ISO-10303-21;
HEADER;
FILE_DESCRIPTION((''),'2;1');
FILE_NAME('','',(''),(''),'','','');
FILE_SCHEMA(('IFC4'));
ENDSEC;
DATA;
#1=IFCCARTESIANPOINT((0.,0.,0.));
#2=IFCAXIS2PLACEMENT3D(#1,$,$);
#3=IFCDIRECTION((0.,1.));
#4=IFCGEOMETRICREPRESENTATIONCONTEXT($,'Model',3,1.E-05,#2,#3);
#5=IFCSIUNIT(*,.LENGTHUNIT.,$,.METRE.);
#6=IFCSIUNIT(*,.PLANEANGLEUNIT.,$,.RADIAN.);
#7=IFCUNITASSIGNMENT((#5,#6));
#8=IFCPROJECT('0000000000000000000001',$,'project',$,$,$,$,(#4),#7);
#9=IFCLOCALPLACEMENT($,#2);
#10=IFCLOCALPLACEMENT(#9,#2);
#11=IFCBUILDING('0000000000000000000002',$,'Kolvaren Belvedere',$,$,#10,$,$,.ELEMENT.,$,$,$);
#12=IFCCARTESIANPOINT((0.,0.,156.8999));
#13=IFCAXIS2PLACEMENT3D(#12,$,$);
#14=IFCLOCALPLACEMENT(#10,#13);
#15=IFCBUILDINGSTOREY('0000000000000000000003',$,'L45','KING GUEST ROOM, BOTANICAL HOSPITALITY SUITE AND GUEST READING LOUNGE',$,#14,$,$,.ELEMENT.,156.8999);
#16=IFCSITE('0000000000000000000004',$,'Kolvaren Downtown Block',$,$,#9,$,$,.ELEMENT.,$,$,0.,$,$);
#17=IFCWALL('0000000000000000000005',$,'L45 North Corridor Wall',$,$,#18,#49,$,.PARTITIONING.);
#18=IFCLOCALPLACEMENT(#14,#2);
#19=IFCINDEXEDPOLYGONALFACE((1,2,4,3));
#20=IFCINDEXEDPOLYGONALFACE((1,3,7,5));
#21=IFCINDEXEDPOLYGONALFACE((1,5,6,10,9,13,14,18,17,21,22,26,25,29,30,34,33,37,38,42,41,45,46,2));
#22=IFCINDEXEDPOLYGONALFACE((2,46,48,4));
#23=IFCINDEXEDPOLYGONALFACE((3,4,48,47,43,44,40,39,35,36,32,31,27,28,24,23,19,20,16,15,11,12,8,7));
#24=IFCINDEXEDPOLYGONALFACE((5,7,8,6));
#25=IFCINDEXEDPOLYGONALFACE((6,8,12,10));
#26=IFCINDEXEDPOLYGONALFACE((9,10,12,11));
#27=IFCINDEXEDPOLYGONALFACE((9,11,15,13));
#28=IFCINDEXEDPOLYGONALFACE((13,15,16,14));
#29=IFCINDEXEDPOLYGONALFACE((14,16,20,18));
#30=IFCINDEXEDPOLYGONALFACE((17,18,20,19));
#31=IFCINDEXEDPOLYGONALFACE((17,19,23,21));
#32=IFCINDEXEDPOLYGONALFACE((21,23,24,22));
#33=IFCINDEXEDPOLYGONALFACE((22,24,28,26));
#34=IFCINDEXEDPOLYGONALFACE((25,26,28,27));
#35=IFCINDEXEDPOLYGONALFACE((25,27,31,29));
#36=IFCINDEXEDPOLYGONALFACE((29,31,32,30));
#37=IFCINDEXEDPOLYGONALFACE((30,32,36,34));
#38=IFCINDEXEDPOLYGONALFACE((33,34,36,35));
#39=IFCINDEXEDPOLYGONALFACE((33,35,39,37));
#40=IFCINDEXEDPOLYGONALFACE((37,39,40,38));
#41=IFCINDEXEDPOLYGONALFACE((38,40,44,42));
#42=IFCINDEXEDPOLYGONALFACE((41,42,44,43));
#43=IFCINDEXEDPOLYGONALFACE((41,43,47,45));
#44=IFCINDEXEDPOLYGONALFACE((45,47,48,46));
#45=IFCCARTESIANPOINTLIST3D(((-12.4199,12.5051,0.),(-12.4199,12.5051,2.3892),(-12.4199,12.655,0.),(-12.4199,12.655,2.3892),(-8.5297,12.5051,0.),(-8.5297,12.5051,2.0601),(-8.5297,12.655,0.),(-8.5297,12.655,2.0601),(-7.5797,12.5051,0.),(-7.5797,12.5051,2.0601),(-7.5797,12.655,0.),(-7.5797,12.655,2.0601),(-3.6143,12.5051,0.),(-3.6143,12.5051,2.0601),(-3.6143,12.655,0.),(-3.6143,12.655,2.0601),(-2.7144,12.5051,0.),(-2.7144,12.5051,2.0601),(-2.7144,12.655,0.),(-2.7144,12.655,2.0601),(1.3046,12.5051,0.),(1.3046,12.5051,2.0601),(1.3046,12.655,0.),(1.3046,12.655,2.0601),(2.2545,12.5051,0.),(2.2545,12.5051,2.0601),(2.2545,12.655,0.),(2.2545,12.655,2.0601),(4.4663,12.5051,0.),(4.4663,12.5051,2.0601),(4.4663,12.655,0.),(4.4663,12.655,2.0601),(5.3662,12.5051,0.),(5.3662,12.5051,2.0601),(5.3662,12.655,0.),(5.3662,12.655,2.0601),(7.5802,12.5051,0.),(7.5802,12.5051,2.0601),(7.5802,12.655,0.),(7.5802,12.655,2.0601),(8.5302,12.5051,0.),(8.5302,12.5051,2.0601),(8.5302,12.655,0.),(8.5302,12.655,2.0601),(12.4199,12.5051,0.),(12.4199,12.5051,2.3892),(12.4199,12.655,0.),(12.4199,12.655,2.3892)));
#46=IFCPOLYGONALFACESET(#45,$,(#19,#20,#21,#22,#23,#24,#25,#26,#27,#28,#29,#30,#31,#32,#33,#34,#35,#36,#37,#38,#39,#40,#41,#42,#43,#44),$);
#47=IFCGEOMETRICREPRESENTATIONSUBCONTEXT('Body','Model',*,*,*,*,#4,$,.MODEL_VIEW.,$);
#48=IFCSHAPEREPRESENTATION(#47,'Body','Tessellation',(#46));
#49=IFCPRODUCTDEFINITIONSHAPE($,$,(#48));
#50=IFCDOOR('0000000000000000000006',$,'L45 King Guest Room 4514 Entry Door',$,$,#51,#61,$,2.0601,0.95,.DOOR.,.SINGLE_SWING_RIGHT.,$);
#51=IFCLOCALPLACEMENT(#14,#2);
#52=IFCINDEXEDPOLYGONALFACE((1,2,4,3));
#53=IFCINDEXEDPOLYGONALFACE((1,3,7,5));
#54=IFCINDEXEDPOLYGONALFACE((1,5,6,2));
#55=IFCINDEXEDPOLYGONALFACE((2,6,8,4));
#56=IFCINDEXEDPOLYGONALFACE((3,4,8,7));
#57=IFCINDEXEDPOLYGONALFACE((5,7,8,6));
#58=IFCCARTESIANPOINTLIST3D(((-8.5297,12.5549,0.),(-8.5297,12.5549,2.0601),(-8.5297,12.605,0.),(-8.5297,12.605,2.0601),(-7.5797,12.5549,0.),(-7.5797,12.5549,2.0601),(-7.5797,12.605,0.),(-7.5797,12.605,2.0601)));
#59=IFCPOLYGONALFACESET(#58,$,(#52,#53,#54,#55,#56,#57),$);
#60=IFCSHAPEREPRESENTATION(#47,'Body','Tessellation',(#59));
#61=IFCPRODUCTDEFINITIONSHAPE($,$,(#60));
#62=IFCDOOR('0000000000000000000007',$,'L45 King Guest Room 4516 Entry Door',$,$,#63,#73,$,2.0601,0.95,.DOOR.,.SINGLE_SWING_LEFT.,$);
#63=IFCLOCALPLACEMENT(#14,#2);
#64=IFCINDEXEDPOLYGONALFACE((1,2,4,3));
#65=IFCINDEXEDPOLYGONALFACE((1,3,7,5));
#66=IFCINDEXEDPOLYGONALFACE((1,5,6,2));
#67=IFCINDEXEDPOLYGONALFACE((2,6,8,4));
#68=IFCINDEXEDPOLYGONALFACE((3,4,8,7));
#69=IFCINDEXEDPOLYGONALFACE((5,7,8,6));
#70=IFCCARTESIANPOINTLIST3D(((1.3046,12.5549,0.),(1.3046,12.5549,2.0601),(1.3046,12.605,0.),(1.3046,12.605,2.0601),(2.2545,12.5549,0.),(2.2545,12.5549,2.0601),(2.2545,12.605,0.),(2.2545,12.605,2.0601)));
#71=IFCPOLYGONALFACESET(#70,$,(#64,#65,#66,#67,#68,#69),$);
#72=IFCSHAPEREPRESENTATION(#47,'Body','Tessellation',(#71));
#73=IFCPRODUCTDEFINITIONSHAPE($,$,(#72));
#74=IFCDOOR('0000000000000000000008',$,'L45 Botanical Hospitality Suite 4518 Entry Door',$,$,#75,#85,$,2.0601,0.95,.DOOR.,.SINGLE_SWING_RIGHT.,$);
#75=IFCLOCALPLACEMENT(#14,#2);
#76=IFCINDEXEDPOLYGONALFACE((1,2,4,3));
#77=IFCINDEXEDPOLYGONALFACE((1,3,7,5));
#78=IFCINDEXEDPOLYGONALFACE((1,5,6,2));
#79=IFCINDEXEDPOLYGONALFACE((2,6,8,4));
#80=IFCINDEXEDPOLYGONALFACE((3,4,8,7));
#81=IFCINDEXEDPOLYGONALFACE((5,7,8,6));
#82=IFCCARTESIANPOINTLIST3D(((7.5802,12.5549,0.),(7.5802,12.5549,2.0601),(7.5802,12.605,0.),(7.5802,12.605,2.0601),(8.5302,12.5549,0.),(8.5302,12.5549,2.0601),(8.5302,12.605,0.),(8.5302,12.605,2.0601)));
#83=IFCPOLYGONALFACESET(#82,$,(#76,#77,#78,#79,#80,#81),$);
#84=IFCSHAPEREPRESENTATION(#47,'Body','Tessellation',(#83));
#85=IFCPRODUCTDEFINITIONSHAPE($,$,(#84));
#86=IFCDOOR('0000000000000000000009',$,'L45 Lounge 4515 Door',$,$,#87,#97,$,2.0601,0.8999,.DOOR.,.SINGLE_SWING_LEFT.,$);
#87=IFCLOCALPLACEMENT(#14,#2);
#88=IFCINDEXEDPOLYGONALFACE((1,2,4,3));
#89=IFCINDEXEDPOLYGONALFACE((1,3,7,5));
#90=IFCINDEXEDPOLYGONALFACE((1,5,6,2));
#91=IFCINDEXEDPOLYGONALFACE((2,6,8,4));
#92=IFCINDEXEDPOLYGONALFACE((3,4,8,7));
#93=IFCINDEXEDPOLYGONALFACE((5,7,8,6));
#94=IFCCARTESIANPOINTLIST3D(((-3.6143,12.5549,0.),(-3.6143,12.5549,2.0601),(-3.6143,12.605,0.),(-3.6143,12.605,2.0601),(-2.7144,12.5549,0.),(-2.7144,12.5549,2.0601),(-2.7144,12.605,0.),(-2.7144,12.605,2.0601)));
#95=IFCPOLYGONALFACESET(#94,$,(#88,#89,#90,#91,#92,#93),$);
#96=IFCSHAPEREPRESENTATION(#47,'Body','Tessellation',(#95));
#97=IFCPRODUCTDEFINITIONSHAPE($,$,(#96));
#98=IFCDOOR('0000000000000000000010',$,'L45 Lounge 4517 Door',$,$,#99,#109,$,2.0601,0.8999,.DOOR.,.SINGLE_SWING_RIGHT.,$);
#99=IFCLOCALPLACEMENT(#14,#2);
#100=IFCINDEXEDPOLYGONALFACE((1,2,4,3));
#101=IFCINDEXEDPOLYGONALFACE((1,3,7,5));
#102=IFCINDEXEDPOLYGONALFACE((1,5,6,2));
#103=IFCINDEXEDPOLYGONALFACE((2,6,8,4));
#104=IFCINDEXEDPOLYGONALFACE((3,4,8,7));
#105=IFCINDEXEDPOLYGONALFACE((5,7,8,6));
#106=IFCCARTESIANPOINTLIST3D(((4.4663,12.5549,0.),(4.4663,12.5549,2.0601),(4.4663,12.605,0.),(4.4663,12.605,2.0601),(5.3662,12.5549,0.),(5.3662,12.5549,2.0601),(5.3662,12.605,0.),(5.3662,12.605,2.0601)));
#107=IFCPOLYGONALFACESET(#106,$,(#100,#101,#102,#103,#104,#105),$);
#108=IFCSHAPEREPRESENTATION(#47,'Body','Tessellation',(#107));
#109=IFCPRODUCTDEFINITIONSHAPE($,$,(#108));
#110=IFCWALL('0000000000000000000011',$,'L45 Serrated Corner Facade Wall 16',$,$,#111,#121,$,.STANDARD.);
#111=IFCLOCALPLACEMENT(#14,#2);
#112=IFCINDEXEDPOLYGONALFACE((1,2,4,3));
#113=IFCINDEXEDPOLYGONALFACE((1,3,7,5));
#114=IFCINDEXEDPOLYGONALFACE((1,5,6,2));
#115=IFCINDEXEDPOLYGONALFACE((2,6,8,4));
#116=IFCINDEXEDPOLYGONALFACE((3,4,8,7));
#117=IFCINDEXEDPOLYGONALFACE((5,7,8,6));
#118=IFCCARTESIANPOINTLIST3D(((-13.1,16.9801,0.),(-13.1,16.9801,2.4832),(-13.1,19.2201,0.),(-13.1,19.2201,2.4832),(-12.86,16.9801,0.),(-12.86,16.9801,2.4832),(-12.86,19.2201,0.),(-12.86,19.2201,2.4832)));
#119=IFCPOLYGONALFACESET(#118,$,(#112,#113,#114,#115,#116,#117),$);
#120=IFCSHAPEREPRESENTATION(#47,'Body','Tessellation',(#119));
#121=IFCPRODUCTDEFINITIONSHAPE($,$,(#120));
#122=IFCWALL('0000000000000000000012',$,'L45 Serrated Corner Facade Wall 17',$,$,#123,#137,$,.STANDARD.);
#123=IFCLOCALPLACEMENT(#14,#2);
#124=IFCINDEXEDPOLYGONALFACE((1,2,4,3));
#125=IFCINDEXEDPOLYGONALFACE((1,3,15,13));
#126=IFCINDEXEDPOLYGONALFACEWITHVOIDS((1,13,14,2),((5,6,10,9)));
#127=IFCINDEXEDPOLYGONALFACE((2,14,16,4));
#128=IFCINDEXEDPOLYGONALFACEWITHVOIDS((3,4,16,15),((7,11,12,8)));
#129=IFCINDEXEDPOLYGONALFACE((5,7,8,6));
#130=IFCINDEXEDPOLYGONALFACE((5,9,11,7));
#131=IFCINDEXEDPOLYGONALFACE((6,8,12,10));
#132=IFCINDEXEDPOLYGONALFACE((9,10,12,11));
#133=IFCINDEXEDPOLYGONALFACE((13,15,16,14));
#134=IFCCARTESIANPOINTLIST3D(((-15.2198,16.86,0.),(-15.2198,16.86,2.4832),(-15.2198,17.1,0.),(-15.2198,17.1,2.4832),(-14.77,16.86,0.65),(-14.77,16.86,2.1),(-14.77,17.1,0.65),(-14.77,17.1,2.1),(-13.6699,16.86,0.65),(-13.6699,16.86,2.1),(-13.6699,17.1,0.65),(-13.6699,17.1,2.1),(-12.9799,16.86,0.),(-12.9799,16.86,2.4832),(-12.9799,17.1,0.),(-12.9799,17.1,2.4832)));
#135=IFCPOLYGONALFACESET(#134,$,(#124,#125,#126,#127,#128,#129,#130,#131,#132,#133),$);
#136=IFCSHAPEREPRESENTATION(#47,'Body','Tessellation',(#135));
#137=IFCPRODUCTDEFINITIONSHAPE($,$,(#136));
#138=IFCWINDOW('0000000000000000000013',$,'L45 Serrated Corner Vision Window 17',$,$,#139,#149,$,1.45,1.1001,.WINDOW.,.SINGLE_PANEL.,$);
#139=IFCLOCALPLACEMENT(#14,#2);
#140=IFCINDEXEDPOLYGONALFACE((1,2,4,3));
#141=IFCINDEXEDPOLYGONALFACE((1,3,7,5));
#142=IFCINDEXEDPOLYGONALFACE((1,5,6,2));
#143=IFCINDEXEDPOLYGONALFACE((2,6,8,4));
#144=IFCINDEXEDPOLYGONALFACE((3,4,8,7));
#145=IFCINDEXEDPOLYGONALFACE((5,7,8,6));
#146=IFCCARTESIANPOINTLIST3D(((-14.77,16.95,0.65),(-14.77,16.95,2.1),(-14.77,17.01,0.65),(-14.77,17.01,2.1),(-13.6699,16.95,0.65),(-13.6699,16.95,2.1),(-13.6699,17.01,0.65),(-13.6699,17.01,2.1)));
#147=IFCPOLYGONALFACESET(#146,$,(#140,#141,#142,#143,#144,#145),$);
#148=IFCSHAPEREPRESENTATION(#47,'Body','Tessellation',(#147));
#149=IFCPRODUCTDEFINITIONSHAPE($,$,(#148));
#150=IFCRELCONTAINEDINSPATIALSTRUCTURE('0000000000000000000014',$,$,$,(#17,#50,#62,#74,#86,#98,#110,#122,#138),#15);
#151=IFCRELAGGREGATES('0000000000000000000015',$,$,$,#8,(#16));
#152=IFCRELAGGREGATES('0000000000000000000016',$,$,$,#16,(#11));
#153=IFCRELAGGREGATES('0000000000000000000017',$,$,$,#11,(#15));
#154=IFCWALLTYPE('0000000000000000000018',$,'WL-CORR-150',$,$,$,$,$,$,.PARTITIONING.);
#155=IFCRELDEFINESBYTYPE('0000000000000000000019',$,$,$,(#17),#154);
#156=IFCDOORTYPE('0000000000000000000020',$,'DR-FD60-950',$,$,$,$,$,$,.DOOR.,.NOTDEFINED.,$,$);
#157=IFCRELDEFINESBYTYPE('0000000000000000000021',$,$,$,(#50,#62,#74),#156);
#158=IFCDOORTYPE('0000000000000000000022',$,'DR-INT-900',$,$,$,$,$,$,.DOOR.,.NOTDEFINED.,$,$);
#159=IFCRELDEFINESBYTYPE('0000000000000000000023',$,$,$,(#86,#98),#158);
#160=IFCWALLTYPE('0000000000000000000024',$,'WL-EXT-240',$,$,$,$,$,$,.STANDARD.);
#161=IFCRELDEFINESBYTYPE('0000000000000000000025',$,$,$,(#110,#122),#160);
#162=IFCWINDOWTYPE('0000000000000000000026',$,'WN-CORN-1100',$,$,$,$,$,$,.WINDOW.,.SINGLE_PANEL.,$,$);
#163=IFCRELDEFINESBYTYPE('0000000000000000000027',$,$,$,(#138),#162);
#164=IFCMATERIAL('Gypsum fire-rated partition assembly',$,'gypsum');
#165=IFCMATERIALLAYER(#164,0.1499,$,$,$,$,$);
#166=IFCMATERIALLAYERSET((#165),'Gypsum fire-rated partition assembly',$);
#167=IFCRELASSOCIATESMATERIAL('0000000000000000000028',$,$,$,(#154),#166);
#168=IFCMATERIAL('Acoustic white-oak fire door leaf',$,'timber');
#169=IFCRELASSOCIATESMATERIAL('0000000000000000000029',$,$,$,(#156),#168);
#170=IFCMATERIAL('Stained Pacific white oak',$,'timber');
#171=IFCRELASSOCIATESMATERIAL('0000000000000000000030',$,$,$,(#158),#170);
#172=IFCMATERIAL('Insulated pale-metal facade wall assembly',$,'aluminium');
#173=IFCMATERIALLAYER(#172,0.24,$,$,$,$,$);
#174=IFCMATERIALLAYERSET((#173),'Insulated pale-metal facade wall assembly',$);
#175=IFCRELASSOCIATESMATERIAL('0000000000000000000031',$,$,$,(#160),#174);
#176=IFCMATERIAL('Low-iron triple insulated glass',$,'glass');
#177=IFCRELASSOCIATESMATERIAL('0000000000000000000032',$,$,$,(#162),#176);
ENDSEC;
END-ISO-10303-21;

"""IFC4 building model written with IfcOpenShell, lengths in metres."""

from ifc_helpers import new_model, si_unit, direction, frame, frame_2d, origin, place, context, subcontext, project, spatial, rectangle, extrude, material, layer, layer_set, type_object, element, fill, save


model = new_model("IFC4")

# Units and contexts
model_context = context("Model", 3, precision=1e-05, world=origin(), true_north=direction((0.0, 1.0)))
body_context = subcontext(model_context, "Body", "Model", "MODEL_VIEW")
ifc_project = project(units=[si_unit("LENGTHUNIT", "METRE"), si_unit("PLANEANGLEUNIT", "RADIAN")], contexts=[model_context])

# Site, building, storey
site_placement = place(None, origin())
site = spatial("IfcSite", under=ifc_project, at=site_placement, Name="Kolvaren Downtown Block", CompositionType="ELEMENT", RefElevation=0.0)
building_placement = place(site_placement, origin())
building = spatial("IfcBuilding", under=site, at=building_placement, Name="Kolvaren Belvedere", CompositionType="ELEMENT")
storey_placement = place(building_placement, frame((0.0, 0.0, 156.8999)))
storey = spatial("IfcBuildingStorey", under=building, at=storey_placement, Name="L45", Description="KING GUEST ROOM, BOTANICAL HOSPITALITY SUITE AND GUEST READING LOUNGE", CompositionType="ELEMENT", Elevation=156.8999)

# Wall, openings, doors
ifc_material_1 = material(Name="Gypsum fire-rated partition assembly", Category="gypsum")
ifc_layer_1 = layer(ifc_material_1, 0.1499)
ifc_layer_set_1 = layer_set([ifc_layer_1], Name="Gypsum fire-rated partition assembly")
wall_type_1 = type_object("IfcWallType", Name="WL-CORR-150", PredefinedType="PARTITIONING", material=ifc_layer_set_1)
wall_1_placement = place(storey_placement, frame((-12.4199, 12.5801, 0.0), z_axis=(0.0, 0.0, 1.0), x_axis=(1.0, 0.0, 0.0)))
wall_1 = element("IfcWall", 1, at=wall_1_placement, inside=storey, type_object=wall_type_1, Name="L45 North Corridor Wall", PredefinedType="PARTITIONING", context=body_context, shape_type="SweptSolid", body=[
    extrude(rectangle(XDim=24.8398, YDim=0.1499, at=frame_2d((12.4199, 0.0))), origin(), (0.0, 0.0, 1.0), 2.3892),
])
opening_1_placement = place(wall_1_placement, frame((3.8901, 0.0, 0.0)))
opening_1 = element("IfcOpeningElement", 2, at=opening_1_placement, cuts=wall_1, PredefinedType="OPENING", context=body_context, shape_type="SweptSolid", body=[
    extrude(rectangle(XDim=0.95, YDim=2.0601, at=frame_2d((0.4751, 1.03))), frame((0.0, 0.085, 0.0), z_axis=(0.0, -1.0, 0.0), x_axis=(1.0, 0.0, 0.0)), (0.0, 0.0, 1.0), 0.1699),
])
opening_2_placement = place(wall_1_placement, frame((8.8057, 0.0, 0.0)))
opening_2 = element("IfcOpeningElement", 3, at=opening_2_placement, cuts=wall_1, PredefinedType="OPENING", context=body_context, shape_type="SweptSolid", body=[
    extrude(rectangle(XDim=0.8999, YDim=2.0601, at=frame_2d((0.45, 1.03))), frame((0.0, 0.085, 0.0), z_axis=(0.0, -1.0, 0.0), x_axis=(1.0, 0.0, 0.0)), (0.0, 0.0, 1.0), 0.1699),
])
opening_3_placement = place(wall_1_placement, frame((13.7244, 0.0, 0.0)))
opening_3 = element("IfcOpeningElement", 4, at=opening_3_placement, cuts=wall_1, PredefinedType="OPENING", context=body_context, shape_type="SweptSolid", body=[
    extrude(rectangle(XDim=0.95, YDim=2.0601, at=frame_2d((0.4751, 1.03))), frame((0.0, 0.085, 0.0), z_axis=(0.0, -1.0, 0.0), x_axis=(1.0, 0.0, 0.0)), (0.0, 0.0, 1.0), 0.1699),
])
opening_4_placement = place(wall_1_placement, frame((16.8862, 0.0, 0.0)))
opening_4 = element("IfcOpeningElement", 5, at=opening_4_placement, cuts=wall_1, PredefinedType="OPENING", context=body_context, shape_type="SweptSolid", body=[
    extrude(rectangle(XDim=0.8999, YDim=2.0601, at=frame_2d((0.45, 1.03))), frame((0.0, 0.085, 0.0), z_axis=(0.0, -1.0, 0.0), x_axis=(1.0, 0.0, 0.0)), (0.0, 0.0, 1.0), 0.1699),
])
opening_5_placement = place(wall_1_placement, frame((20.0, 0.0, 0.0)))
opening_5 = element("IfcOpeningElement", 6, at=opening_5_placement, cuts=wall_1, PredefinedType="OPENING", context=body_context, shape_type="SweptSolid", body=[
    extrude(rectangle(XDim=0.95, YDim=2.0601, at=frame_2d((0.4751, 1.03))), frame((0.0, 0.085, 0.0), z_axis=(0.0, -1.0, 0.0), x_axis=(1.0, 0.0, 0.0)), (0.0, 0.0, 1.0), 0.1699),
])
ifc_material_2 = material(Name="Acoustic white-oak fire door leaf", Category="timber")
door_type_1 = type_object("IfcDoorType", Name="DR-FD60-950", OperationType="NOTDEFINED", PredefinedType="DOOR", material=ifc_material_2)
door_1_placement = place(opening_1_placement, origin())
door_1 = element("IfcDoor", 7, at=door_1_placement, inside=storey, type_object=door_type_1, Name="L45 King Guest Room 4514 Entry Door", OperationType="SINGLE_SWING_RIGHT", OverallHeight=2.0601, OverallWidth=0.95, PredefinedType="DOOR", context=body_context, shape_type="SweptSolid", body=[
    extrude(rectangle(XDim=0.95, YDim=2.0601, at=frame_2d((0.4751, 1.03))), frame((0.0, 0.0249, 0.0), z_axis=(0.0, -1.0, 0.0), x_axis=(1.0, 0.0, 0.0)), (0.0, 0.0, 1.0), 0.05),
])
fill(opening_1, door_1)
door_2_placement = place(opening_3_placement, origin())
door_2 = element("IfcDoor", 8, at=door_2_placement, inside=storey, type_object=door_type_1, Name="L45 King Guest Room 4516 Entry Door", OperationType="SINGLE_SWING_LEFT", OverallHeight=2.0601, OverallWidth=0.95, PredefinedType="DOOR", context=body_context, shape_type="SweptSolid", body=[
    extrude(rectangle(XDim=0.95, YDim=2.0601, at=frame_2d((0.4751, 1.03))), frame((0.0, 0.0249, 0.0), z_axis=(0.0, -1.0, 0.0), x_axis=(1.0, 0.0, 0.0)), (0.0, 0.0, 1.0), 0.05),
])
fill(opening_3, door_2)
door_3_placement = place(opening_5_placement, origin())
door_3 = element("IfcDoor", 9, at=door_3_placement, inside=storey, type_object=door_type_1, Name="L45 Botanical Hospitality Suite 4518 Entry Door", OperationType="SINGLE_SWING_RIGHT", OverallHeight=2.0601, OverallWidth=0.95, PredefinedType="DOOR", context=body_context, shape_type="SweptSolid", body=[
    extrude(rectangle(XDim=0.95, YDim=2.0601, at=frame_2d((0.4751, 1.03))), frame((0.0, 0.0249, 0.0), z_axis=(0.0, -1.0, 0.0), x_axis=(1.0, 0.0, 0.0)), (0.0, 0.0, 1.0), 0.05),
])
fill(opening_5, door_3)
ifc_material_3 = material(Name="Stained Pacific white oak", Category="timber")
door_type_2 = type_object("IfcDoorType", Name="DR-INT-900", OperationType="NOTDEFINED", PredefinedType="DOOR", material=ifc_material_3)
door_4_placement = place(opening_2_placement, origin())
door_4 = element("IfcDoor", 10, at=door_4_placement, inside=storey, type_object=door_type_2, Name="L45 Lounge 4515 Door", OperationType="SINGLE_SWING_LEFT", OverallHeight=2.0601, OverallWidth=0.8999, PredefinedType="DOOR", context=body_context, shape_type="SweptSolid", body=[
    extrude(rectangle(XDim=0.8999, YDim=2.0601, at=frame_2d((0.45, 1.03))), frame((0.0, 0.0249, 0.0), z_axis=(0.0, -1.0, 0.0), x_axis=(1.0, 0.0, 0.0)), (0.0, 0.0, 1.0), 0.05),
])
fill(opening_2, door_4)
door_5_placement = place(opening_4_placement, origin())
door_5 = element("IfcDoor", 11, at=door_5_placement, inside=storey, type_object=door_type_2, Name="L45 Lounge 4517 Door", OperationType="SINGLE_SWING_RIGHT", OverallHeight=2.0601, OverallWidth=0.8999, PredefinedType="DOOR", context=body_context, shape_type="SweptSolid", body=[
    extrude(rectangle(XDim=0.8999, YDim=2.0601, at=frame_2d((0.45, 1.03))), frame((0.0, 0.0249, 0.0), z_axis=(0.0, -1.0, 0.0), x_axis=(1.0, 0.0, 0.0)), (0.0, 0.0, 1.0), 0.05),
])
fill(opening_4, door_5)

# Wall
ifc_material_4 = material(Name="Insulated pale-metal facade wall assembly", Category="aluminium")
ifc_layer_2 = layer(ifc_material_4, 0.24)
ifc_layer_set_2 = layer_set([ifc_layer_2], Name="Insulated pale-metal facade wall assembly")
wall_type_2 = type_object("IfcWallType", Name="WL-EXT-240", PredefinedType="STANDARD", material=ifc_layer_set_2)
wall_2_placement = place(storey_placement, frame((-12.98, 16.98, 0.0), z_axis=(0.0, 0.0, 1.0), x_axis=(0.0, 1.0, 0.0)))
element("IfcWall", 12, at=wall_2_placement, inside=storey, type_object=wall_type_2, Name="L45 Serrated Corner Facade Wall 16", PredefinedType="STANDARD", context=body_context, shape_type="SweptSolid", body=[
    extrude(rectangle(XDim=2.24, YDim=0.24, at=frame_2d((1.1201, 0.0))), origin(), (0.0, 0.0, 1.0), 2.4832),
])

# Wall, opening, window
wall_3_placement = place(storey_placement, frame((-15.22, 16.98, 0.0), z_axis=(0.0, 0.0, 1.0), x_axis=(1.0, 0.0, 0.0)))
wall_3 = element("IfcWall", 13, at=wall_3_placement, inside=storey, type_object=wall_type_2, Name="L45 Serrated Corner Facade Wall 17", PredefinedType="STANDARD", context=body_context, shape_type="SweptSolid", body=[
    extrude(rectangle(XDim=2.24, YDim=0.24, at=frame_2d((1.1201, 0.0))), origin(), (0.0, 0.0, 1.0), 2.4832),
])
opening_6_placement = place(wall_3_placement, frame((0.45, 0.0, 0.6499)))
opening_6 = element("IfcOpeningElement", 14, at=opening_6_placement, cuts=wall_3, PredefinedType="OPENING", context=body_context, shape_type="SweptSolid", body=[
    extrude(rectangle(XDim=1.1001, YDim=1.45, at=frame_2d((0.55, 0.7251))), frame((0.0, 0.1299, 0.0), z_axis=(0.0, -1.0, 0.0), x_axis=(1.0, 0.0, 0.0)), (0.0, 0.0, 1.0), 0.26),
])
ifc_material_5 = material(Name="Low-iron triple insulated glass", Category="glass")
window_type = type_object("IfcWindowType", Name="WN-CORN-1100", PartitioningType="SINGLE_PANEL", PredefinedType="WINDOW", material=ifc_material_5)
window_1_placement = place(opening_6_placement, origin())
window_1 = element("IfcWindow", 15, at=window_1_placement, inside=storey, type_object=window_type, Name="L45 Serrated Corner Vision Window 17", OverallHeight=1.45, OverallWidth=1.1001, PartitioningType="SINGLE_PANEL", PredefinedType="WINDOW", context=body_context, shape_type="SweptSolid", body=[
    extrude(rectangle(XDim=1.1001, YDim=1.45, at=frame_2d((0.55, 0.7251))), frame((0.0, 0.03, 0.0), z_axis=(0.0, -1.0, 0.0), x_axis=(1.0, 0.0, 0.0)), (0.0, 0.0, 1.0), 0.0601),
])
fill(opening_6, window_1)

save(model, "model.ifc")
